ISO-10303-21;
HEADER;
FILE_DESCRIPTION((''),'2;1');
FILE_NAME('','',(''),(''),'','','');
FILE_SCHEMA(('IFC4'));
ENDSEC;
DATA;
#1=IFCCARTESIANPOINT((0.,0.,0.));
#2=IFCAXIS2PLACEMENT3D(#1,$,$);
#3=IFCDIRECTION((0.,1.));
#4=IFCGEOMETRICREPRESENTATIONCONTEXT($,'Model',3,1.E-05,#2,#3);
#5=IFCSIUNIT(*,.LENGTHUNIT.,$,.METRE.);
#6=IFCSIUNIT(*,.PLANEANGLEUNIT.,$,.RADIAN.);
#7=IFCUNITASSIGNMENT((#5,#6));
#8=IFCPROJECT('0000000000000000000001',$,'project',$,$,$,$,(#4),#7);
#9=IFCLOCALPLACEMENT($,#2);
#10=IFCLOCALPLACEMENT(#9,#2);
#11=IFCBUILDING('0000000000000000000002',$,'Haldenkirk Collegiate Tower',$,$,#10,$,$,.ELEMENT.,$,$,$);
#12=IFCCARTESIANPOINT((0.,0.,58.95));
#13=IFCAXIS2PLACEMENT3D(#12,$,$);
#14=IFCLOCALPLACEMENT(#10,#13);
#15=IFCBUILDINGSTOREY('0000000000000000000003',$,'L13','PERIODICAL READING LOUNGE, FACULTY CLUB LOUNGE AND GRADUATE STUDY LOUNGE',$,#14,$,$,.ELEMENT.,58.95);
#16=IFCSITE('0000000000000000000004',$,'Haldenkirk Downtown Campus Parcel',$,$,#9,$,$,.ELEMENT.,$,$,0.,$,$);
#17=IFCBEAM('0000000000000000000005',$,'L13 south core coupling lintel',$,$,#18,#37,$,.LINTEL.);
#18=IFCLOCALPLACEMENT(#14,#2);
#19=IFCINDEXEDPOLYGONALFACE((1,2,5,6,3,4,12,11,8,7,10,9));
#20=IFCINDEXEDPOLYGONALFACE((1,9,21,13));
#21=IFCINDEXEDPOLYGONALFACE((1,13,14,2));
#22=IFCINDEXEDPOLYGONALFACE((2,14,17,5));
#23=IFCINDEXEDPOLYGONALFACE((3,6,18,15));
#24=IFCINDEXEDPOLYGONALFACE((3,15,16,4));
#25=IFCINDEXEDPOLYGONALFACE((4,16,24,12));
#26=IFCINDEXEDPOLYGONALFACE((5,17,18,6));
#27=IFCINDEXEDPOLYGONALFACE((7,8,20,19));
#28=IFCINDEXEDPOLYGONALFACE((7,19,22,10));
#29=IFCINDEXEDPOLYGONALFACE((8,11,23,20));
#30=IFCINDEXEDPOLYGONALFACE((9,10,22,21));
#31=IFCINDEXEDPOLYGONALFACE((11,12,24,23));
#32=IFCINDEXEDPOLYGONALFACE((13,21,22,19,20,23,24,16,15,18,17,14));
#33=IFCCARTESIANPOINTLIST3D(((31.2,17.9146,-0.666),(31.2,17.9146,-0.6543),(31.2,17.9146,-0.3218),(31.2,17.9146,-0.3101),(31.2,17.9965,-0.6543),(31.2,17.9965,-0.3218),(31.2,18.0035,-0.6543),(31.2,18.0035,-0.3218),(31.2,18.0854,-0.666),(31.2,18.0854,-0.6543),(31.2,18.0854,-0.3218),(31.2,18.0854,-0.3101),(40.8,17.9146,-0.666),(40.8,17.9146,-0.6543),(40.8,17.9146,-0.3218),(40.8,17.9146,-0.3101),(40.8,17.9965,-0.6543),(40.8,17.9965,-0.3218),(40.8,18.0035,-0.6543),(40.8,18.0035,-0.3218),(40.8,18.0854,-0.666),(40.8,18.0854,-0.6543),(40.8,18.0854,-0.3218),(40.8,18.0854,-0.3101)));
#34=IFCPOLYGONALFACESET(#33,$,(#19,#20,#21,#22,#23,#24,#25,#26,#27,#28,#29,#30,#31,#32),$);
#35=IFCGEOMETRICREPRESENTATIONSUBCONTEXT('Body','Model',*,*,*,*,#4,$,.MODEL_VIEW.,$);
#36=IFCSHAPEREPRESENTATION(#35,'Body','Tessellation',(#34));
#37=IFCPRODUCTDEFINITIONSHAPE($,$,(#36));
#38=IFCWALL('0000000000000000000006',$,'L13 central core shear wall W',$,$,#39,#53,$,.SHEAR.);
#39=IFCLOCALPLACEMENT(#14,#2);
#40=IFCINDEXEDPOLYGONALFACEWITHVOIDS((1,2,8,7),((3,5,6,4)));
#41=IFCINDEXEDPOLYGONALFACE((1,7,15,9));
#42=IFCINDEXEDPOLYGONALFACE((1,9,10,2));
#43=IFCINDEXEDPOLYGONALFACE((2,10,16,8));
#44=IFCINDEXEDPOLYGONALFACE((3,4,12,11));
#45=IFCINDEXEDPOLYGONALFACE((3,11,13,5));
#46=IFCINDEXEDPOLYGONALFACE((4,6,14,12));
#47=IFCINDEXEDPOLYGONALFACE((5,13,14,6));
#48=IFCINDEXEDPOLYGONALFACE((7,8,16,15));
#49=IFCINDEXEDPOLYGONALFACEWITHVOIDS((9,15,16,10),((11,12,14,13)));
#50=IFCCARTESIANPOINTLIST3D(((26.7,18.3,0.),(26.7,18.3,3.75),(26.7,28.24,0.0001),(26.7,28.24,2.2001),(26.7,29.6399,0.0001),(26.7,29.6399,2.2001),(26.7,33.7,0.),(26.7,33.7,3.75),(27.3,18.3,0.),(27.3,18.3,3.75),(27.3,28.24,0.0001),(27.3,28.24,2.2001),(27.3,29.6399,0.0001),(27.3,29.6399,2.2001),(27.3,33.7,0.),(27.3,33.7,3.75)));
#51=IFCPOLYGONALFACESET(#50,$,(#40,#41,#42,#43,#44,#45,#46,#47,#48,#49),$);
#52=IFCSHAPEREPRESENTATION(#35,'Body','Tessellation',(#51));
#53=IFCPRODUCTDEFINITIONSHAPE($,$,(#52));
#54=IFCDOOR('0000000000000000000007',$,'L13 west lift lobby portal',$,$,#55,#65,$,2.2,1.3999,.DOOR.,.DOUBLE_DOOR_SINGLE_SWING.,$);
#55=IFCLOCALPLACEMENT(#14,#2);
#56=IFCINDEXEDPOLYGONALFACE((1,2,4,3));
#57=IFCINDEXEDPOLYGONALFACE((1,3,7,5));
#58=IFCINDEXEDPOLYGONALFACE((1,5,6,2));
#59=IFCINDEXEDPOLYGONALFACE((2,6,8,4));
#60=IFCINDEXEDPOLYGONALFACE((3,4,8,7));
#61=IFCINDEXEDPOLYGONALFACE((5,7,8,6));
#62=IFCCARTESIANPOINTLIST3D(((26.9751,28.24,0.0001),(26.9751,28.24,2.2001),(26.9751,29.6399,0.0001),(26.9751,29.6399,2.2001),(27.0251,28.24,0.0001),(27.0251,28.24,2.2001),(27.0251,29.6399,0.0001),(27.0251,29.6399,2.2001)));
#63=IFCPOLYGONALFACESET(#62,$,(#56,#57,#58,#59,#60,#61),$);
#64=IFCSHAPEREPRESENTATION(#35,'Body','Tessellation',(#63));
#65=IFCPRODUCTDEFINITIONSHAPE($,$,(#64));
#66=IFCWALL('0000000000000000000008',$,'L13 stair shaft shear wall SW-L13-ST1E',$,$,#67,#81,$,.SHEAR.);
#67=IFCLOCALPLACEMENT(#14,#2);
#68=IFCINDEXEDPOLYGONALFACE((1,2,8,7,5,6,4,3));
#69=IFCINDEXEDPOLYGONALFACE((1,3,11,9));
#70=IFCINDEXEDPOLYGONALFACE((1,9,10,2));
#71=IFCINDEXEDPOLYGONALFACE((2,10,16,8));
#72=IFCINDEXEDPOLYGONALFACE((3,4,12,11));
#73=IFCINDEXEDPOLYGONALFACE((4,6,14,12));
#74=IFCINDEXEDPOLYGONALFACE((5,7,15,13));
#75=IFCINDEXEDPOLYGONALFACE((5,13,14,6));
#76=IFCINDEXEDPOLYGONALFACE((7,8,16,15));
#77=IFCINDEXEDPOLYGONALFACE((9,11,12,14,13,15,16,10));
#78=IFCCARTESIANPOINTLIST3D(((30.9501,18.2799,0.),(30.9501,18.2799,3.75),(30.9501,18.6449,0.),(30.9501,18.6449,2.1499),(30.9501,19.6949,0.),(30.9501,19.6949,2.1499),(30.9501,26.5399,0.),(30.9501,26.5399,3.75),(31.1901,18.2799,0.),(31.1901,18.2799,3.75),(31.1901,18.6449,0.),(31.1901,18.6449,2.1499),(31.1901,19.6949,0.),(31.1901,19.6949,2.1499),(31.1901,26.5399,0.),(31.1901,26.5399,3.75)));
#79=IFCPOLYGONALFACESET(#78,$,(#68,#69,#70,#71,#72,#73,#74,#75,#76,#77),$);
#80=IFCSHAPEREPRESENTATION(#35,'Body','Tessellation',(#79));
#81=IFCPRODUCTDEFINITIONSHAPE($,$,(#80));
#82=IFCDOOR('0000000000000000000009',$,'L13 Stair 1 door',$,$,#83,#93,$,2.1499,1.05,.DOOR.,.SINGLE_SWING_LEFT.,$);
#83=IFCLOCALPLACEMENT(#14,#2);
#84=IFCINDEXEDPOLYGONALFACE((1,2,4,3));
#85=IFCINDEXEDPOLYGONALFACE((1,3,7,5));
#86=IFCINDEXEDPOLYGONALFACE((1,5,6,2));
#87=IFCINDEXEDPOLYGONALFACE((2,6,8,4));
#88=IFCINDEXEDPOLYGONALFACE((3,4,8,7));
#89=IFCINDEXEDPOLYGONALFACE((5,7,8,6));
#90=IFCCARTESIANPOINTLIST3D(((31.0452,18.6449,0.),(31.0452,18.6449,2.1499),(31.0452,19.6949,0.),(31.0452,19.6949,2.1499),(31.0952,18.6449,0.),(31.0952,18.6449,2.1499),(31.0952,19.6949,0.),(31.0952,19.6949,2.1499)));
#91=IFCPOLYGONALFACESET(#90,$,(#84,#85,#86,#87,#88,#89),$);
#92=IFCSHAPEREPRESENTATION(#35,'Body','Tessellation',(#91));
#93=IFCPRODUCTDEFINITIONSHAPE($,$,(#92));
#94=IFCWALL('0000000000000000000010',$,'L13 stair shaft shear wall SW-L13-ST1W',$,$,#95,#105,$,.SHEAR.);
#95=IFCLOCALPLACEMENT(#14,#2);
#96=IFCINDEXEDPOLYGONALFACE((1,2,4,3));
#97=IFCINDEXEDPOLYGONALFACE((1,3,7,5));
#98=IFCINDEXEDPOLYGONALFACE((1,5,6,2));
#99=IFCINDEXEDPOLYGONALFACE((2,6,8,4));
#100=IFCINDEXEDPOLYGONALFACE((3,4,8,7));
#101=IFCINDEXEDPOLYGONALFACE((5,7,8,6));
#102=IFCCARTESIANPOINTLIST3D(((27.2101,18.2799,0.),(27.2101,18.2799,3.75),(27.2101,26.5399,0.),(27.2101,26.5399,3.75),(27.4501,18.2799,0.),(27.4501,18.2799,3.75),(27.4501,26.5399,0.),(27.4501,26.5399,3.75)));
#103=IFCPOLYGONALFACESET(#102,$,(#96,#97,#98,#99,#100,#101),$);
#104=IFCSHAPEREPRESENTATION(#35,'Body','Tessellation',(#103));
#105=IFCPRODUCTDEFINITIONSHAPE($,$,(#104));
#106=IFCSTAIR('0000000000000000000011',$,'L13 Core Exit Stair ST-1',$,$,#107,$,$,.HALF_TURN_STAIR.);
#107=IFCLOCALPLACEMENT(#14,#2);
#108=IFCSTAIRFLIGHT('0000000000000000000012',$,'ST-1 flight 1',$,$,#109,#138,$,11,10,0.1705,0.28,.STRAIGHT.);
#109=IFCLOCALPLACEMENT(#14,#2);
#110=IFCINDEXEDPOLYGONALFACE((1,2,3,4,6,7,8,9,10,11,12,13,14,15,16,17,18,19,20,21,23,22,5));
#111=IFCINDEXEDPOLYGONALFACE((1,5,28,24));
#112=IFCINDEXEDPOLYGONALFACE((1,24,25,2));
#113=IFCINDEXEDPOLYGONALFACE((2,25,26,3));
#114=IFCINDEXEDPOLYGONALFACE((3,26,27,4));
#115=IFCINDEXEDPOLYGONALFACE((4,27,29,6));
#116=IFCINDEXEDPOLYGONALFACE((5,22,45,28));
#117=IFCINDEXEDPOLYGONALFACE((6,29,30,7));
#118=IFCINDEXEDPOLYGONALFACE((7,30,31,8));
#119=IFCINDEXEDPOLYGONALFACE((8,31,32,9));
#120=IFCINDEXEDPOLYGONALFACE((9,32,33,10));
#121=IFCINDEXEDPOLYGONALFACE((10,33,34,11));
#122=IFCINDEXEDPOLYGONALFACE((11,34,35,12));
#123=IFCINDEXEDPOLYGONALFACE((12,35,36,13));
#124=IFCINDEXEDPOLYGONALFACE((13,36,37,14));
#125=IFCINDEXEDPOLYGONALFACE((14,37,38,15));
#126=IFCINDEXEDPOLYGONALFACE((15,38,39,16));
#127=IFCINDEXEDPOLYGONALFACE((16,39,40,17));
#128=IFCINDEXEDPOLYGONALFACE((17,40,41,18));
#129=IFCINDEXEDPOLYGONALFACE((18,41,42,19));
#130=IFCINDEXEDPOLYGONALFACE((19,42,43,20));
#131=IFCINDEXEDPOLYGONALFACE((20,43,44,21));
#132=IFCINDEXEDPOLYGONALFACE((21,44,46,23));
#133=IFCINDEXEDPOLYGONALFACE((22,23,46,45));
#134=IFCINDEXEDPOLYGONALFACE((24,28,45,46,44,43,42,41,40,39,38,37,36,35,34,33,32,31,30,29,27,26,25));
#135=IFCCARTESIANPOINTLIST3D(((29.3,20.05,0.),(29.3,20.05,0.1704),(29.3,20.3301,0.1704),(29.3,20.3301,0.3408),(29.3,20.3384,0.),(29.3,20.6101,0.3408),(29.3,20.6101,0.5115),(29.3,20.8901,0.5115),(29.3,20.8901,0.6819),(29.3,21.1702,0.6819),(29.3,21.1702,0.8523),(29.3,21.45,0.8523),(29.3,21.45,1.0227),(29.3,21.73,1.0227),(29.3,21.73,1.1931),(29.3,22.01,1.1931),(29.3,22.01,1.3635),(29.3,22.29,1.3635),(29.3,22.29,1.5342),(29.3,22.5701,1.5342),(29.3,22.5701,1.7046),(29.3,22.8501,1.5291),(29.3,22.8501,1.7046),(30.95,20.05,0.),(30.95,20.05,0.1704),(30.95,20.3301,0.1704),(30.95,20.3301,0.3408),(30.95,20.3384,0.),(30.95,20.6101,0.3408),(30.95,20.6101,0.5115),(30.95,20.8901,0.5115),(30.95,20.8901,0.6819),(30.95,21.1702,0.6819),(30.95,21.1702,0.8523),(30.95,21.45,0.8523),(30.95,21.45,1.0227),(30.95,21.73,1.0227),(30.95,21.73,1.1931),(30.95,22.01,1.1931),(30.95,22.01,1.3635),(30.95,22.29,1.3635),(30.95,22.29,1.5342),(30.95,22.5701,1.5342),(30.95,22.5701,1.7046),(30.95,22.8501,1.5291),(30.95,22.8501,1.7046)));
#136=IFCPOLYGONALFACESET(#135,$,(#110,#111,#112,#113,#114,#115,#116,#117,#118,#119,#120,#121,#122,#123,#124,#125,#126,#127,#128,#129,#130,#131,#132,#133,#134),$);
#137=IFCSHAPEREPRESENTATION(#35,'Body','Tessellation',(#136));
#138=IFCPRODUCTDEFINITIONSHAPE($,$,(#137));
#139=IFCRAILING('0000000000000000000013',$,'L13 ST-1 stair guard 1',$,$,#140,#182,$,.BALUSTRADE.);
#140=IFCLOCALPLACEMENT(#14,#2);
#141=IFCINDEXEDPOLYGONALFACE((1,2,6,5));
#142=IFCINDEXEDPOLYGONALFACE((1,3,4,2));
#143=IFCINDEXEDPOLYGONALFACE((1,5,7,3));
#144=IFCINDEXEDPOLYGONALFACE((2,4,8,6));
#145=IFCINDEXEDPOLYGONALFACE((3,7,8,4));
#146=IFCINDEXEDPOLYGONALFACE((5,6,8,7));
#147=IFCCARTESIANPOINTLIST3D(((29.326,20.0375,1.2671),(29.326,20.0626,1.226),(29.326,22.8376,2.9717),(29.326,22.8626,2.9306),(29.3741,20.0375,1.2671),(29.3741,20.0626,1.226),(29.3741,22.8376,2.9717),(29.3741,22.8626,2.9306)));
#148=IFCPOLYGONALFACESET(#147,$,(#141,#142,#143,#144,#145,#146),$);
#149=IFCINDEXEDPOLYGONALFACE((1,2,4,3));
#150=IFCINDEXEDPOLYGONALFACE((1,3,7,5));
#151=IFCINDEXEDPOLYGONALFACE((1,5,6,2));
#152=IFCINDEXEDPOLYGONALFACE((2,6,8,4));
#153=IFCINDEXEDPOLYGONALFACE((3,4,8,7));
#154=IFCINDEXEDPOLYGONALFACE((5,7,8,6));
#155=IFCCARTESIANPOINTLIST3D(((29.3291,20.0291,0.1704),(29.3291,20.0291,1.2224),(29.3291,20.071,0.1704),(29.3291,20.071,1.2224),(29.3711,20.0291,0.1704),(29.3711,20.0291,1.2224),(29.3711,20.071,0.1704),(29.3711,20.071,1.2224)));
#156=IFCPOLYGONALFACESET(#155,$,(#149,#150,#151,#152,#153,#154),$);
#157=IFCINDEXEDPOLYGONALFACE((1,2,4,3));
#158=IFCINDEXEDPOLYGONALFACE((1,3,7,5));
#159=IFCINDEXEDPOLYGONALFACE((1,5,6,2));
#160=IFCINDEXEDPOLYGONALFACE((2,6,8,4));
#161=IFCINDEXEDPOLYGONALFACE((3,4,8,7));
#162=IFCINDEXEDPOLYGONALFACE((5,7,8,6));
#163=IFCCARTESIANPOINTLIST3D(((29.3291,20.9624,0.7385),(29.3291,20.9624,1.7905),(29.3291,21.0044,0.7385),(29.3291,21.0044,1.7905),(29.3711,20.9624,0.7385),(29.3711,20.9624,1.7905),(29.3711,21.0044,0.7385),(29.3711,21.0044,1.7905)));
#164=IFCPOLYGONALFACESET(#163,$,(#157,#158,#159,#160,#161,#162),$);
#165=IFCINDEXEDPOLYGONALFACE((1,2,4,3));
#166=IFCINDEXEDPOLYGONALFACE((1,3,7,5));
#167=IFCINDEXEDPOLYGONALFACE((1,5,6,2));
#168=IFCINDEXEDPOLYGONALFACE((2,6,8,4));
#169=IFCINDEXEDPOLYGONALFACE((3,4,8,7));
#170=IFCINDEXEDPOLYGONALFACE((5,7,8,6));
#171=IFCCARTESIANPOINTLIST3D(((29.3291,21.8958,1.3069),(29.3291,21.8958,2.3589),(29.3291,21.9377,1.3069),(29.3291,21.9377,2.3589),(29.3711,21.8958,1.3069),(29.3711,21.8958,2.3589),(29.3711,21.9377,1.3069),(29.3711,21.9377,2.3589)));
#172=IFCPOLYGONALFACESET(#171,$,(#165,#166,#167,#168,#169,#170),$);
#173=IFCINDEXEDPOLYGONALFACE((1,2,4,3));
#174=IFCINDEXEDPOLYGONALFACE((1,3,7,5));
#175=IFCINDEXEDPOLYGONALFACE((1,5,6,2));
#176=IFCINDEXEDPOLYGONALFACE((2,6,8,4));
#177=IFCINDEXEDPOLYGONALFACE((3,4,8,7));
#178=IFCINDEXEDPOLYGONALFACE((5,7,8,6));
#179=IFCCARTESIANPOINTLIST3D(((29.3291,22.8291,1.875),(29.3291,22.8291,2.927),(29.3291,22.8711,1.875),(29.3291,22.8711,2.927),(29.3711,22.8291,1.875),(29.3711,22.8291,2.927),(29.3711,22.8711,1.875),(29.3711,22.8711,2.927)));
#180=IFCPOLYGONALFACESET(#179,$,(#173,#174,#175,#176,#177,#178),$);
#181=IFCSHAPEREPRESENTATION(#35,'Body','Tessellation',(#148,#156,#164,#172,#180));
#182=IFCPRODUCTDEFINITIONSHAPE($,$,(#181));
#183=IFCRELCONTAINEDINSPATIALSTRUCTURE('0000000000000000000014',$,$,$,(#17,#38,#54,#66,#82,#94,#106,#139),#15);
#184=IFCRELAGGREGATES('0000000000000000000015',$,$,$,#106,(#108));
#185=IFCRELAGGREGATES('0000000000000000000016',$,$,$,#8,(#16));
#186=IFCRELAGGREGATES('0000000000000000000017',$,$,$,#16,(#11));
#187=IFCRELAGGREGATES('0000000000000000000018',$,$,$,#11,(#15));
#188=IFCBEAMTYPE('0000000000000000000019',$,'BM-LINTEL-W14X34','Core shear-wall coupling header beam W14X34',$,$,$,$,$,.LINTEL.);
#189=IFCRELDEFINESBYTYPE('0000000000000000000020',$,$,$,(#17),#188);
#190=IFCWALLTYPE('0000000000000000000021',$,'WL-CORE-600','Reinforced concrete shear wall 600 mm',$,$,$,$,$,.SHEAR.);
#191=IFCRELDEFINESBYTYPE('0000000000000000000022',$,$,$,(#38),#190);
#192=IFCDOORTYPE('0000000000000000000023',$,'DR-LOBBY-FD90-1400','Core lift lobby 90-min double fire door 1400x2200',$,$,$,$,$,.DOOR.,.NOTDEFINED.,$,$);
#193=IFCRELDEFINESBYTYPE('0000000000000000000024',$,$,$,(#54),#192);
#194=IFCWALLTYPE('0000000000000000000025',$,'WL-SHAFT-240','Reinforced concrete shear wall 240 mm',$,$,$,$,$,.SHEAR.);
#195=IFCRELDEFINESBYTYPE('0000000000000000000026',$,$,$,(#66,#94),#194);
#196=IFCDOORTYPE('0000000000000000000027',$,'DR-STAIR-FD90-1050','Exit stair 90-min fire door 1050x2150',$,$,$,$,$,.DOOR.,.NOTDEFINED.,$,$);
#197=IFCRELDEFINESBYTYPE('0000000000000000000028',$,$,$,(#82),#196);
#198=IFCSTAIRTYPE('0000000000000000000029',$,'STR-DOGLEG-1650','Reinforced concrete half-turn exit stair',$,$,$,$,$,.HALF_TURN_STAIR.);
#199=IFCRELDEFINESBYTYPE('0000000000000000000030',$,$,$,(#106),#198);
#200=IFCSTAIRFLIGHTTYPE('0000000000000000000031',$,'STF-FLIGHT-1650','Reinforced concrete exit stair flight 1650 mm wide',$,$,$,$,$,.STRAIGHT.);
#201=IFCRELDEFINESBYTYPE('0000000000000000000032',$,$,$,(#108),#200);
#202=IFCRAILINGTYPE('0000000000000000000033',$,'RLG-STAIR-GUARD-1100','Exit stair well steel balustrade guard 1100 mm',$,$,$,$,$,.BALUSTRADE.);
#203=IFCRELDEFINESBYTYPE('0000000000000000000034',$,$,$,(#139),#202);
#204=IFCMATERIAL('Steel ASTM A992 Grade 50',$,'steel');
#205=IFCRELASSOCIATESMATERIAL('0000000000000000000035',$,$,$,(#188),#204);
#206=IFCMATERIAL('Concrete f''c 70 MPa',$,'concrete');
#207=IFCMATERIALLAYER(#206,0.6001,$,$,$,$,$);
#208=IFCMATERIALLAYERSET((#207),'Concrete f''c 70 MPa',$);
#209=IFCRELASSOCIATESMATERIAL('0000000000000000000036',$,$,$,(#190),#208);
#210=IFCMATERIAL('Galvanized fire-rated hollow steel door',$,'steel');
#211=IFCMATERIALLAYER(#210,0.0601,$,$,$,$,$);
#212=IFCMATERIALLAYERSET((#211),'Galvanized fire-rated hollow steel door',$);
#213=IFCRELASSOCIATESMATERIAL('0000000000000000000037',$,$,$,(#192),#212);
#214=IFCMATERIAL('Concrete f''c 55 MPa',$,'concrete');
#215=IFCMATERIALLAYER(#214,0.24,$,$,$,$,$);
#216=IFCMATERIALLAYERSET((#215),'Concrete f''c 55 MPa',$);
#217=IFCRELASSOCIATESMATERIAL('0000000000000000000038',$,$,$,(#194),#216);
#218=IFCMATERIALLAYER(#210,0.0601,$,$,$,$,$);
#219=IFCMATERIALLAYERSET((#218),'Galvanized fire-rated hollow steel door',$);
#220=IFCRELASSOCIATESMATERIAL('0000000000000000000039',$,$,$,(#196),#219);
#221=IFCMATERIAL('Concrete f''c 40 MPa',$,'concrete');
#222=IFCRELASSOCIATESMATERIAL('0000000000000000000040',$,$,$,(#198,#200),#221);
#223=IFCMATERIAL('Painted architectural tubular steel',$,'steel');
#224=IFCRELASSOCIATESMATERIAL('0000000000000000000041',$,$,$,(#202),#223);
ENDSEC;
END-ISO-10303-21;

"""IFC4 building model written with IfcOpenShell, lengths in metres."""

from ifc_helpers import new_model, si_unit, direction, frame, frame_2d, origin, origin_2d, place, context, subcontext, project, spatial, polyline, rectangle, i_section, outline, extrude, material, layer, layer_set, material_profile, profile_set, type_object, element, fill, aggregate, save


model = new_model("IFC4")

# Units and contexts
model_context = context("Model", 3, precision=1e-05, world=origin(), true_north=direction((0.0, 1.0)))
body_context = subcontext(model_context, "Body", "Model", "MODEL_VIEW")
ifc_project = project(units=[si_unit("LENGTHUNIT", "METRE"), si_unit("PLANEANGLEUNIT", "RADIAN")], contexts=[model_context])

# Site, building, storey
site_placement = place(None, origin())
site = spatial("IfcSite", under=ifc_project, at=site_placement, Name="Haldenkirk Downtown Campus Parcel", CompositionType="ELEMENT", RefElevation=0.0)
building_placement = place(site_placement, origin())
building = spatial("IfcBuilding", under=site, at=building_placement, Name="Haldenkirk Collegiate Tower", CompositionType="ELEMENT")
storey_placement = place(building_placement, frame((0.0, 0.0, 58.95)))
storey = spatial("IfcBuildingStorey", under=building, at=storey_placement, Name="L13", Description="PERIODICAL READING LOUNGE, FACULTY CLUB LOUNGE AND GRADUATE STUDY LOUNGE", CompositionType="ELEMENT", Elevation=58.95)

# Beam
ifc_material_1 = material(Name="Steel ASTM A992 Grade 50", Category="steel")
ifc_material_profile = material_profile(ifc_material_1, i_section(OverallWidth=0.1709, OverallDepth=0.356, WebThickness=0.0071, FlangeThickness=0.0117, at=origin_2d()), Name="W14X34")
ifc_profile_set = profile_set([ifc_material_profile], Name="Steel ASTM A992 Grade 50")
beam_type = type_object("IfcBeamType", Name="BM-LINTEL-W14X34", Description="Core shear-wall coupling header beam W14X34", PredefinedType="LINTEL", material=ifc_profile_set)
beam_placement = place(storey_placement, frame((31.2, 18.0, -0.488), z_axis=(1.0, 0.0, 0.0), x_axis=(0.0, 1.0, 0.0)))
element("IfcBeam", 1, at=beam_placement, inside=storey, type_object=beam_type, Name="L13 south core coupling lintel", PredefinedType="LINTEL", context=body_context, shape_type="SweptSolid", body=[
    extrude(i_section(OverallWidth=0.1709, OverallDepth=0.356, WebThickness=0.0071, FlangeThickness=0.0117, at=origin_2d()), origin(), (0.0, 0.0, 1.0), 9.6001),
])

# Wall, opening, door
ifc_material_2 = material(Name="Concrete f'c 70 MPa", Category="concrete")
ifc_layer_1 = layer(ifc_material_2, 0.6001)
ifc_layer_set_1 = layer_set([ifc_layer_1], Name="Concrete f'c 70 MPa")
wall_type_1 = type_object("IfcWallType", Name="WL-CORE-600", Description="Reinforced concrete shear wall 600 mm", PredefinedType="SHEAR", material=ifc_layer_set_1)
wall_1_placement = place(storey_placement, frame((27.0, 18.3, 0.0), z_axis=(0.0, 0.0, 1.0), x_axis=(0.0, 1.0, 0.0)))
wall_1 = element("IfcWall", 2, at=wall_1_placement, inside=storey, type_object=wall_type_1, Name="L13 central core shear wall W", PredefinedType="SHEAR", context=body_context, shape_type="SweptSolid", body=[
    extrude(rectangle(XDim=15.3999, YDim=0.6001, at=frame_2d((7.7, 0.0))), origin(), (0.0, 0.0, 1.0), 3.75),
])
opening_1_placement = place(wall_1_placement, frame((9.9399, 0.0, 0.0)))
opening_1 = element("IfcOpeningElement", 3, at=opening_1_placement, cuts=wall_1, PredefinedType="OPENING", context=body_context, shape_type="SweptSolid", body=[
    extrude(rectangle(XDim=1.3999, YDim=2.2, at=frame_2d((0.7, 1.1001))), frame((0.0, 0.3101, 0.0), z_axis=(0.0, -1.0, 0.0), x_axis=(1.0, 0.0, 0.0)), (0.0, 0.0, 1.0), 0.6201),
])
ifc_material_3 = material(Name="Galvanized fire-rated hollow steel door", Category="steel")
ifc_layer_2 = layer(ifc_material_3, 0.0601)
ifc_layer_set_2 = layer_set([ifc_layer_2], Name="Galvanized fire-rated hollow steel door")
door_type_1 = type_object("IfcDoorType", Name="DR-LOBBY-FD90-1400", Description="Core lift lobby 90-min double fire door 1400x2200", OperationType="NOTDEFINED", PredefinedType="DOOR", material=ifc_layer_set_2)
door_1_placement = place(opening_1_placement, origin())
door_1 = element("IfcDoor", 4, at=door_1_placement, inside=storey, type_object=door_type_1, Name="L13 west lift lobby portal", OperationType="DOUBLE_DOOR_SINGLE_SWING", OverallHeight=2.2, OverallWidth=1.3999, PredefinedType="DOOR", context=body_context, shape_type="SweptSolid", body=[
    extrude(rectangle(XDim=1.3999, YDim=2.2, at=frame_2d((0.7, 1.1001))), frame((0.0, 0.0249, 0.0), z_axis=(0.0, -1.0, 0.0), x_axis=(1.0, 0.0, 0.0)), (0.0, 0.0, 1.0), 0.05),
])
fill(opening_1, door_1)

# Wall, opening, door
ifc_material_4 = material(Name="Concrete f'c 55 MPa", Category="concrete")
ifc_layer_3 = layer(ifc_material_4, 0.24)
ifc_layer_set_3 = layer_set([ifc_layer_3], Name="Concrete f'c 55 MPa")
wall_type_2 = type_object("IfcWallType", Name="WL-SHAFT-240", Description="Reinforced concrete shear wall 240 mm", PredefinedType="SHEAR", material=ifc_layer_set_3)
wall_2_placement = place(storey_placement, frame((31.0701, 18.28, 0.0), z_axis=(0.0, 0.0, 1.0), x_axis=(0.0, 1.0, 0.0)))
wall_2 = element("IfcWall", 5, at=wall_2_placement, inside=storey, type_object=wall_type_2, Name="L13 stair shaft shear wall SW-L13-ST1E", PredefinedType="SHEAR", context=body_context, shape_type="SweptSolid", body=[
    extrude(rectangle(XDim=8.26, YDim=0.24, at=frame_2d((4.1299, 0.0))), origin(), (0.0, 0.0, 1.0), 3.75),
])
opening_2_placement = place(wall_2_placement, frame((0.365, 0.0, 0.0)))
opening_2 = element("IfcOpeningElement", 6, at=opening_2_placement, cuts=wall_2, PredefinedType="OPENING", context=body_context, shape_type="SweptSolid", body=[
    extrude(rectangle(XDim=1.05, YDim=2.1499, at=frame_2d((0.5249, 1.075))), frame((0.0, 0.1299, 0.0), z_axis=(0.0, -1.0, 0.0), x_axis=(1.0, 0.0, 0.0)), (0.0, 0.0, 1.0), 0.26),
])
ifc_layer_4 = layer(ifc_material_3, 0.0601)
ifc_layer_set_4 = layer_set([ifc_layer_4], Name="Galvanized fire-rated hollow steel door")
door_type_2 = type_object("IfcDoorType", Name="DR-STAIR-FD90-1050", Description="Exit stair 90-min fire door 1050x2150", OperationType="NOTDEFINED", PredefinedType="DOOR", material=ifc_layer_set_4)
door_2_placement = place(opening_2_placement, origin())
door_2 = element("IfcDoor", 7, at=door_2_placement, inside=storey, type_object=door_type_2, Name="L13 Stair 1 door", OperationType="SINGLE_SWING_LEFT", OverallHeight=2.1499, OverallWidth=1.05, PredefinedType="DOOR", context=body_context, shape_type="SweptSolid", body=[
    extrude(rectangle(XDim=1.05, YDim=2.1499, at=frame_2d((0.5249, 1.075))), frame((0.0, 0.0249, 0.0), z_axis=(0.0, -1.0, 0.0), x_axis=(1.0, 0.0, 0.0)), (0.0, 0.0, 1.0), 0.05),
])
fill(opening_2, door_2)

# Wall
wall_3_placement = place(storey_placement, frame((27.3301, 18.28, 0.0), z_axis=(0.0, 0.0, 1.0), x_axis=(0.0, 1.0, 0.0)))
element("IfcWall", 8, at=wall_3_placement, inside=storey, type_object=wall_type_2, Name="L13 stair shaft shear wall SW-L13-ST1W", PredefinedType="SHEAR", context=body_context, shape_type="SweptSolid", body=[
    extrude(rectangle(XDim=8.26, YDim=0.24, at=frame_2d((4.1299, 0.0))), origin(), (0.0, 0.0, 1.0), 3.75),
])

# Stair, stair flight
ifc_material_5 = material(Name="Concrete f'c 40 MPa", Category="concrete")
stair_type = type_object("IfcStairType", Name="STR-DOGLEG-1650", Description="Reinforced concrete half-turn exit stair", PredefinedType="HALF_TURN_STAIR", material=ifc_material_5)
stair_placement = place(storey_placement, origin())
stair = element("IfcStair", 9, at=stair_placement, inside=storey, type_object=stair_type, Name="L13 Core Exit Stair ST-1", PredefinedType="HALF_TURN_STAIR")
stair_flight_type = type_object("IfcStairFlightType", Name="STF-FLIGHT-1650", Description="Reinforced concrete exit stair flight 1650 mm wide", PredefinedType="STRAIGHT", material=ifc_material_5)
stair_flight_placement = place(storey_placement, frame((30.125, 20.05, 0.0), z_axis=(0.0, 0.0, 1.0), x_axis=(0.0, 1.0, 0.0)))
stair_flight = element("IfcStairFlight", 10, at=stair_flight_placement, type_object=stair_flight_type, Name="ST-1 flight 1", NumberOfRisers=11, NumberOfTreads=10, PredefinedType="STRAIGHT", RiserHeight=0.1705, TreadLength=0.28, context=body_context, shape_type="SweptSolid", body=[
    extrude(outline(polyline([(0.0, 0.0), (0.0, 0.1704), (0.28, 0.1704), (0.28, 0.3408), (0.5601, 0.3408), (0.5601, 0.5115), (0.8401, 0.5115), (0.8401, 0.6819), (1.1201, 0.6819), (1.1201, 0.8523), (1.3999, 0.8523), (1.3999, 1.0227), (1.6799, 1.0227), (1.6799, 1.1931), (1.96, 1.1931), (1.96, 1.3635), (2.24, 1.3635), (2.24, 1.5342), (2.52, 1.5342), (2.52, 1.7046), (2.8, 1.7046), (2.8, 1.875), (2.8, 1.5291), (0.2883, 0.0), (0.0, 0.0)])), frame((0.0, 0.825, 0.0), z_axis=(0.0, -1.0, 0.0), x_axis=(1.0, 0.0, 0.0)), (0.0, 0.0, 1.0), 1.6499),
])
aggregate(stair, [stair_flight])

# Railing
ifc_material_6 = material(Name="Painted architectural tubular steel", Category="steel")
railing_type_1 = type_object("IfcRailingType", Name="RLG-STAIR-GUARD-1100", Description="Exit stair well steel balustrade guard 1100 mm", PredefinedType="BALUSTRADE", material=ifc_material_6)
railing_1_placement = place(storey_placement, frame((29.3501, 20.05, 0.1704)))
element("IfcRailing", 11, at=railing_1_placement, inside=storey, type_object=railing_type_1, Name="L13 ST-1 stair guard 1", PredefinedType="BALUSTRADE", context=body_context, shape_type="SweptSolid", body=[
    extrude(rectangle(XDim=0.0481, YDim=0.0481, at=origin_2d()), frame((0.0, 0.0, 1.0762), z_axis=(0.0, 0.85417, 0.519994), x_axis=(-1.0, 0.0, 0.0)), (0.0, 0.0, 1.0), 3.2781),
    extrude(rectangle(XDim=0.042, YDim=0.042, at=origin_2d()), origin(), (0.0, 0.0, 1.0), 1.052),
    extrude(rectangle(XDim=0.042, YDim=0.042, at=origin_2d()), frame((0.0, 0.9333, 0.5681)), (0.0, 0.0, 1.0), 1.052),
    extrude(rectangle(XDim=0.042, YDim=0.042, at=origin_2d()), frame((0.0, 1.8667, 1.1365)), (0.0, 0.0, 1.0), 1.052),
    extrude(rectangle(XDim=0.042, YDim=0.042, at=origin_2d()), frame((0.0, 2.8, 1.7046)), (0.0, 0.0, 1.0), 1.052),
])

save(model, "model.ifc")
